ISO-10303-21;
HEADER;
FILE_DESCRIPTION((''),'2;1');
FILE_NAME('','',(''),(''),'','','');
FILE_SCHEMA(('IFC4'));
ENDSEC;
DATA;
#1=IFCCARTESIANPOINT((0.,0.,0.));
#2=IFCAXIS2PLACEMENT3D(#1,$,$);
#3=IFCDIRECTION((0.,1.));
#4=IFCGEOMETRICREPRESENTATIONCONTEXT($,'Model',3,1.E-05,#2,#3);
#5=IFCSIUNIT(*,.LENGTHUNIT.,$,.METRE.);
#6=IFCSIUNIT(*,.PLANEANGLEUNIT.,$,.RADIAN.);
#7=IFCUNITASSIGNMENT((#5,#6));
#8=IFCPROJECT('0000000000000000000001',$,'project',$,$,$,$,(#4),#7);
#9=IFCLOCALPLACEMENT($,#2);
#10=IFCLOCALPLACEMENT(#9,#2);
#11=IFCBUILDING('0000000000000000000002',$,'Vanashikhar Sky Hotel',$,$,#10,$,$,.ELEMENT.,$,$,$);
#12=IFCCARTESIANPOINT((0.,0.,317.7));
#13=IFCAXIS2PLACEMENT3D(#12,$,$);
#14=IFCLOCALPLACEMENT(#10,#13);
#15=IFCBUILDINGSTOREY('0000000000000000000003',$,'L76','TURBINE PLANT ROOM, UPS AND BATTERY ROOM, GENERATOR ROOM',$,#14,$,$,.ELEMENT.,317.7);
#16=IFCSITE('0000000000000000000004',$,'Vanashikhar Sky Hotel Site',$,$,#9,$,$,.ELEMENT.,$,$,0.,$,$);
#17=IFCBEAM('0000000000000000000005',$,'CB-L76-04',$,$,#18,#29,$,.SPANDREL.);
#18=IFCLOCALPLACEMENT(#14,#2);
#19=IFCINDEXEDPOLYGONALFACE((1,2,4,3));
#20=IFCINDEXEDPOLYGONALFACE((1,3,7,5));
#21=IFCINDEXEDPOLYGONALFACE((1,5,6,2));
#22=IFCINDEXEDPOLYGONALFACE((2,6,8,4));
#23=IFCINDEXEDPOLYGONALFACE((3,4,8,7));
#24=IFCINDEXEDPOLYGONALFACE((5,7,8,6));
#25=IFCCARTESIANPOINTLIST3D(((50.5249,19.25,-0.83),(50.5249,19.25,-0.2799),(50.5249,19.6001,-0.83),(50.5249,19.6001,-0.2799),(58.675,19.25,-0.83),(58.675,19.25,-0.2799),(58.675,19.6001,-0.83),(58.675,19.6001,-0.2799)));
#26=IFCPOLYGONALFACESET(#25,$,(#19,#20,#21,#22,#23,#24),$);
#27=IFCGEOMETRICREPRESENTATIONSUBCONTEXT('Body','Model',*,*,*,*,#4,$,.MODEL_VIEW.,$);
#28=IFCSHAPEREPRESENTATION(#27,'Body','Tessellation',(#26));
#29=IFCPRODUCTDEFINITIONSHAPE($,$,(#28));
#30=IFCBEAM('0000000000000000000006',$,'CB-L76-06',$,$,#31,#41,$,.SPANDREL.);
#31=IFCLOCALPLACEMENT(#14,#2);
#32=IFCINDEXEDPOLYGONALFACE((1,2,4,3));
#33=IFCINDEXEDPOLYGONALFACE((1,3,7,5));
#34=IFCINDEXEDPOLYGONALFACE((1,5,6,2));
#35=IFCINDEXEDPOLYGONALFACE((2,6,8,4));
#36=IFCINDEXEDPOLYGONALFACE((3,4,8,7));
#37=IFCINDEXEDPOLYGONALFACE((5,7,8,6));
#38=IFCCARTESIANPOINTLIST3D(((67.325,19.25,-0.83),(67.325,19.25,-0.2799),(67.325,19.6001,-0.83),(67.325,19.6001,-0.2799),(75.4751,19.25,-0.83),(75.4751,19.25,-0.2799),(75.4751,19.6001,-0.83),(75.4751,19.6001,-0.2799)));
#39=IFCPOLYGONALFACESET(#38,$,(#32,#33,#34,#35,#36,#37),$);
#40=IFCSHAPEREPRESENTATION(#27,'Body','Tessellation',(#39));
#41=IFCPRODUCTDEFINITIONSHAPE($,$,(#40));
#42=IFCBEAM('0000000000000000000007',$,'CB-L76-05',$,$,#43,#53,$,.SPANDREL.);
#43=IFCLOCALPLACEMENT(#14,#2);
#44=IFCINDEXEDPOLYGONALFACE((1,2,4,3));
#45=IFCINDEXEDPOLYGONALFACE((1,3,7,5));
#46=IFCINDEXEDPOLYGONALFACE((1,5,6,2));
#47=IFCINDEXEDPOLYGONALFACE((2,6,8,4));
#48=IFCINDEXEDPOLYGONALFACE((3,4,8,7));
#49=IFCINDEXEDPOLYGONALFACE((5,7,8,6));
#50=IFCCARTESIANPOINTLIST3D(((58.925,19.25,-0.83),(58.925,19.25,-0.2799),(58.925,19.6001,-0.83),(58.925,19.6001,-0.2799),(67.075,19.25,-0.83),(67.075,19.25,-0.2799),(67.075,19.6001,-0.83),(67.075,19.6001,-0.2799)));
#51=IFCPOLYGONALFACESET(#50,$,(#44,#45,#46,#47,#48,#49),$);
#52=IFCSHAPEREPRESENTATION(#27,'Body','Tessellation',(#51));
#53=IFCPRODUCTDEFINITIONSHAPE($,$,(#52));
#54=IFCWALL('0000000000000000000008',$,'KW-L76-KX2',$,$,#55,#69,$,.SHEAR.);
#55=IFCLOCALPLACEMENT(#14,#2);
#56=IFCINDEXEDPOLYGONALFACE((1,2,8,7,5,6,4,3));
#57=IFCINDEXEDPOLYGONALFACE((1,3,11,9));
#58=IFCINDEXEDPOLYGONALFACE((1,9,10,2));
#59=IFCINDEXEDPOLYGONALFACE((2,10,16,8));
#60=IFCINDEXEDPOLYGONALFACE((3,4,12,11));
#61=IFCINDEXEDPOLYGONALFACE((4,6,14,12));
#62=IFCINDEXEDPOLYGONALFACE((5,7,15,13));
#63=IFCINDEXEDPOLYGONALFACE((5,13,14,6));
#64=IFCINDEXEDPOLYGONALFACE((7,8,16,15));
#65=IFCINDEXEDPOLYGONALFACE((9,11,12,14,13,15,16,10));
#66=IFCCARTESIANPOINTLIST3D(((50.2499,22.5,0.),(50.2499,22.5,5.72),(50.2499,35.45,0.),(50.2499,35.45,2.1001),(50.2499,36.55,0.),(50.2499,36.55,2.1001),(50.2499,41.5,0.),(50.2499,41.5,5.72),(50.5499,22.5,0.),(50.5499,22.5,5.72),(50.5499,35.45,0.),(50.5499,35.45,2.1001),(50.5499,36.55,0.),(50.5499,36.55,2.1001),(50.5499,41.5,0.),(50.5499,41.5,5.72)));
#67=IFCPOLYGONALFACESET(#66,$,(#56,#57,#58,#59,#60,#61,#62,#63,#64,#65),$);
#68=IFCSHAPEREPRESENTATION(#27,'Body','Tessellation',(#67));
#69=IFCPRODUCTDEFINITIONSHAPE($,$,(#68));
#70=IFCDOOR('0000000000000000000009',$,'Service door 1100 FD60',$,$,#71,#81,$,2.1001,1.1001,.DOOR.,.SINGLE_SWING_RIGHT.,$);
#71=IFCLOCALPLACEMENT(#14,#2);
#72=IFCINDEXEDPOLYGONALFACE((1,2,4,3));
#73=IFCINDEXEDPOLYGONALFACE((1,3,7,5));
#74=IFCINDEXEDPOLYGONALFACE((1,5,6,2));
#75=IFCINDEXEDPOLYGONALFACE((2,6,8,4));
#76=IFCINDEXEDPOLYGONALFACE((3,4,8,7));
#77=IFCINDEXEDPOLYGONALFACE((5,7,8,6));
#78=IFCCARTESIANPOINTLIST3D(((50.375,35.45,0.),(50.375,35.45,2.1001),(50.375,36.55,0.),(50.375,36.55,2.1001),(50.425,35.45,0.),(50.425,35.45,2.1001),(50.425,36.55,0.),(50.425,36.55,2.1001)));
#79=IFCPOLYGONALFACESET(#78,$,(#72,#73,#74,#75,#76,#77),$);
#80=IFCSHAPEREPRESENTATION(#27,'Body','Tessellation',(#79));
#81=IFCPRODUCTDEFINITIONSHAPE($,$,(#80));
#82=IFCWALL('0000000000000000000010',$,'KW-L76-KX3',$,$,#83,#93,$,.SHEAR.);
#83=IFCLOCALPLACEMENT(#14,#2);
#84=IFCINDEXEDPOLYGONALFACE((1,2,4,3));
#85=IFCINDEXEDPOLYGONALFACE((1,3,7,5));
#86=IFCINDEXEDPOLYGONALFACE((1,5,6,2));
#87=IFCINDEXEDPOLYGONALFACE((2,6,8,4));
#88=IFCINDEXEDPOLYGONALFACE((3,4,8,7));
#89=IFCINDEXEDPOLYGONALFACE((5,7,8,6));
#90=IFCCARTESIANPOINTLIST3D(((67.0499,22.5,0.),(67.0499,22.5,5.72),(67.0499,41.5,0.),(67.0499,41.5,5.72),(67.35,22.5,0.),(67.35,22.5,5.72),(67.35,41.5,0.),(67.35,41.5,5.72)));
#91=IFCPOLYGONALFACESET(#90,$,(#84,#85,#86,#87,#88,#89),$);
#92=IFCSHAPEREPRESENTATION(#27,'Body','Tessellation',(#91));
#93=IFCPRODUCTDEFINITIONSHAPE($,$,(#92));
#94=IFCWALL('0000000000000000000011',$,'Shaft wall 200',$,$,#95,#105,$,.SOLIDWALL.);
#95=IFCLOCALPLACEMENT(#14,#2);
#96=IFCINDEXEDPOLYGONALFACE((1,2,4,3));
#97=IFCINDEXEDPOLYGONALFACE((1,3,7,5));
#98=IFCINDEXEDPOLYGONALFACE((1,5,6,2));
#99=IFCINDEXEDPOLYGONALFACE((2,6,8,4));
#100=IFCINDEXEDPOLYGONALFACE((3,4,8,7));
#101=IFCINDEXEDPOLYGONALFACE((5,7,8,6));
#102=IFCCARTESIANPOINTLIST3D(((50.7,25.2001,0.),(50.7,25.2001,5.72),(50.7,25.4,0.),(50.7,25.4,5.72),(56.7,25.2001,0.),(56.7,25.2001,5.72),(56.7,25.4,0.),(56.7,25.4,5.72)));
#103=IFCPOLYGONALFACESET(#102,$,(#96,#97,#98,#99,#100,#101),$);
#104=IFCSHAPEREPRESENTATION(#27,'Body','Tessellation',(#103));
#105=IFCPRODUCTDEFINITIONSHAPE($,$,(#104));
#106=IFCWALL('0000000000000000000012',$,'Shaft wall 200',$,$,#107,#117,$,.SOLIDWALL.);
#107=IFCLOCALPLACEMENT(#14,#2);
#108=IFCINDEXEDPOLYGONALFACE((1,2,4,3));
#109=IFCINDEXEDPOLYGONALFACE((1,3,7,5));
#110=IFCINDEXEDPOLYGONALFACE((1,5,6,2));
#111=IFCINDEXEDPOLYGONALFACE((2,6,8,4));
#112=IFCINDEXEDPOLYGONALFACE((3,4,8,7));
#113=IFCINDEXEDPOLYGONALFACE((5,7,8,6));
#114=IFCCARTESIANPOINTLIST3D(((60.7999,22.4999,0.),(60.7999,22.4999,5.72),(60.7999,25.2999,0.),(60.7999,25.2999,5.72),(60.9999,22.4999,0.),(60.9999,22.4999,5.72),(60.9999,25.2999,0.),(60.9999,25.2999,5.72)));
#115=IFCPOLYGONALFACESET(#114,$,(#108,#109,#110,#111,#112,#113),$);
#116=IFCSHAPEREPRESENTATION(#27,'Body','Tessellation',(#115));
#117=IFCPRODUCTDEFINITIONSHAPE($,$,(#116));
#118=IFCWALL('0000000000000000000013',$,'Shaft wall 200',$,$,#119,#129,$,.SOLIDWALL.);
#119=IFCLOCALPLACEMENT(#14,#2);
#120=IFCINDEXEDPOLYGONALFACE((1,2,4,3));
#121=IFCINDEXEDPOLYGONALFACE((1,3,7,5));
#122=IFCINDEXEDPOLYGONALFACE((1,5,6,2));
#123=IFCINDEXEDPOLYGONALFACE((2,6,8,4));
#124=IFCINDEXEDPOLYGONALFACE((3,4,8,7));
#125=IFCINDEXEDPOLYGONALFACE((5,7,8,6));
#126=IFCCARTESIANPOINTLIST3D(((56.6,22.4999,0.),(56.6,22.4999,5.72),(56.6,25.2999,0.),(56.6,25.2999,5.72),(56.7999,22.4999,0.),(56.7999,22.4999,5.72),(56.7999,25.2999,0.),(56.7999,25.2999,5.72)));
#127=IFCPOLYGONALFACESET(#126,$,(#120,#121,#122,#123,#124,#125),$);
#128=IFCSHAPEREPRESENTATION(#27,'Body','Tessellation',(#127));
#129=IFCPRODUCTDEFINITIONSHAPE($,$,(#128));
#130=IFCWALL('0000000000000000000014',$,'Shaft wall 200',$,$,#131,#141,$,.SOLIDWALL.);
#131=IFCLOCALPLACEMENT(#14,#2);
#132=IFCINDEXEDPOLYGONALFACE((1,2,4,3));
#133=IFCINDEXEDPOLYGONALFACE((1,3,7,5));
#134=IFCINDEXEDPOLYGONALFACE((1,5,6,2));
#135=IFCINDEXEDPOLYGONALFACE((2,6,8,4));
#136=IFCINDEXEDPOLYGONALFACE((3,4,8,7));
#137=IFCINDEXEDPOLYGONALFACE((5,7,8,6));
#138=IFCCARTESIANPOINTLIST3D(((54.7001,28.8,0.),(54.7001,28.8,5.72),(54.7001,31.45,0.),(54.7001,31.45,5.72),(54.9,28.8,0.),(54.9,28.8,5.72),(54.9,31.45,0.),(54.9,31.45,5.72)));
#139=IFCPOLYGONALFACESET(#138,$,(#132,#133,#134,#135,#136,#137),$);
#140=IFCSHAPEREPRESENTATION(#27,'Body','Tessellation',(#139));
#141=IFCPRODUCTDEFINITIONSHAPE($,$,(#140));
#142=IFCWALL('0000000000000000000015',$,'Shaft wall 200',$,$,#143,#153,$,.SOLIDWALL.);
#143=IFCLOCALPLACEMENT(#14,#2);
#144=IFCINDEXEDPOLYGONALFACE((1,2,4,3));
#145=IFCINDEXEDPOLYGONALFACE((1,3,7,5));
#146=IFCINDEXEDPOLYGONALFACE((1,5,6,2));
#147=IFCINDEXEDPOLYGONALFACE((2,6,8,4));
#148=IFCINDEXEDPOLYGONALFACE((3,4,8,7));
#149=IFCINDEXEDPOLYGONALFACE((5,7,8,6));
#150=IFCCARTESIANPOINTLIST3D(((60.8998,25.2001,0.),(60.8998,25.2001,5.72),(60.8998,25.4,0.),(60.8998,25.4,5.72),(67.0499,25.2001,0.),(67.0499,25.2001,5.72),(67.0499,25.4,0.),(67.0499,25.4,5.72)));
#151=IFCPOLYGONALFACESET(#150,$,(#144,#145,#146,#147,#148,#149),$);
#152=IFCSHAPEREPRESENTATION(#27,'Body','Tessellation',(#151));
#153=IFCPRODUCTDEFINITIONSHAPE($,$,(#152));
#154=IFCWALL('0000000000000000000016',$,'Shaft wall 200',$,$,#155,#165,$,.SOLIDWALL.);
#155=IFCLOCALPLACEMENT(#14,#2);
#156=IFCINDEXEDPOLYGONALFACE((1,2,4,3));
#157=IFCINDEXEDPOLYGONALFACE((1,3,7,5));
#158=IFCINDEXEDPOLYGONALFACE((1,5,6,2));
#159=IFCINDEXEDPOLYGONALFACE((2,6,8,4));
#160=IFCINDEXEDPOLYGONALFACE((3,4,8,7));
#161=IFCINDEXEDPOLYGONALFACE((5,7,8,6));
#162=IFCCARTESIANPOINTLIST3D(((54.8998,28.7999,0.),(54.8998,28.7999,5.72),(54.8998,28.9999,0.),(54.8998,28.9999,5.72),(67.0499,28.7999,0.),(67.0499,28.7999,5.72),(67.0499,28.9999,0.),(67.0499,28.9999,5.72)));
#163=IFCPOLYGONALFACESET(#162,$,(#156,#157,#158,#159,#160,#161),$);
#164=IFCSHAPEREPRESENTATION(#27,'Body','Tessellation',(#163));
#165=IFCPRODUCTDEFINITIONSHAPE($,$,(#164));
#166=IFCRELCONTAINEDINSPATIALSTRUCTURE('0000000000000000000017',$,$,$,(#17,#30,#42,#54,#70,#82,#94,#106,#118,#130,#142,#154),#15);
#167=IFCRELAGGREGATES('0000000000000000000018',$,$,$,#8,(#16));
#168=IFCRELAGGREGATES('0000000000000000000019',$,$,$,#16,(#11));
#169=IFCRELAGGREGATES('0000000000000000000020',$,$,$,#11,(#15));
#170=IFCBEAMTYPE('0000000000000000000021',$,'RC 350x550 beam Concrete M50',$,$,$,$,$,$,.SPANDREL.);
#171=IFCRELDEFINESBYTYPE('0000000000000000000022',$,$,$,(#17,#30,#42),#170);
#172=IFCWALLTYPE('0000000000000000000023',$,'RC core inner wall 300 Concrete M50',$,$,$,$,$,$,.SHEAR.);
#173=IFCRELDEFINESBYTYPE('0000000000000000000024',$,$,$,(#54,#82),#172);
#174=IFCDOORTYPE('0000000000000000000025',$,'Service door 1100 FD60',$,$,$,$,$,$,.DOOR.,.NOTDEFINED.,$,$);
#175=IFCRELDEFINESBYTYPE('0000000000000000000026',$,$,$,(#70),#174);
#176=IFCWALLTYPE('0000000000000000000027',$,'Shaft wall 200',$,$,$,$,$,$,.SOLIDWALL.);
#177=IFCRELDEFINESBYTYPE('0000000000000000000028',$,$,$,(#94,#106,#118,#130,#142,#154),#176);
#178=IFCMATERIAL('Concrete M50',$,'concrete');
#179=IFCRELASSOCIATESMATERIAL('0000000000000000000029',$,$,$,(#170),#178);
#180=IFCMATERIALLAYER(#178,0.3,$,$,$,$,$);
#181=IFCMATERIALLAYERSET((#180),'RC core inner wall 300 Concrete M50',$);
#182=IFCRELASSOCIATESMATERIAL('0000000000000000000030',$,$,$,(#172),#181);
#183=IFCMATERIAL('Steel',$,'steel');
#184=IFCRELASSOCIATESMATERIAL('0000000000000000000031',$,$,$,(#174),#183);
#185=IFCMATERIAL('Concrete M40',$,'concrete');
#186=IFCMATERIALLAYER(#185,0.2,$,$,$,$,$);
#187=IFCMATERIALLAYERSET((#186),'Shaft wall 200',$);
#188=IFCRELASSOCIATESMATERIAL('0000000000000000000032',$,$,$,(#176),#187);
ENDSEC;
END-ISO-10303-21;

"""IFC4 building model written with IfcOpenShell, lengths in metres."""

from ifc_helpers import new_model, si_unit, direction, frame, frame_2d, origin, origin_2d, place, context, subcontext, project, spatial, rectangle, extrude, source, transform, mapped, material, layer, layer_set, material_profile, profile_set, type_object, element, fill, save


model = new_model("IFC4")

# Units and contexts
model_context = context("Model", 3, precision=1e-05, world=origin(), true_north=direction((0.0, 1.0)))
body_context = subcontext(model_context, "Body", "Model", "MODEL_VIEW")
ifc_project = project(units=[si_unit("LENGTHUNIT", "METRE"), si_unit("PLANEANGLEUNIT", "RADIAN")], contexts=[model_context])

# Site, building, storey
site_placement = place(None, origin())
site = spatial("IfcSite", under=ifc_project, at=site_placement, Name="Vanashikhar Sky Hotel Site", CompositionType="ELEMENT", RefElevation=0.0)
building_placement = place(site_placement, origin())
building = spatial("IfcBuilding", under=site, at=building_placement, Name="Vanashikhar Sky Hotel", CompositionType="ELEMENT")
storey_placement = place(building_placement, frame((0.0, 0.0, 317.7)))
storey = spatial("IfcBuildingStorey", under=building, at=storey_placement, Name="L76", Description="TURBINE PLANT ROOM, UPS AND BATTERY ROOM, GENERATOR ROOM", CompositionType="ELEMENT", Elevation=317.7)

# Beams
ifc_material_1 = material(Name="Concrete M50", Category="concrete")
ifc_material_profile_1 = material_profile(ifc_material_1, rectangle(XDim=0.3501, YDim=0.55, at=origin_2d()))
ifc_profile_set_1 = profile_set([ifc_material_profile_1], Name="RC 350x550 beam Concrete M50")
beam_type = type_object("IfcBeamType", Name="RC 350x550 beam Concrete M50", PredefinedType="SPANDREL", material=ifc_profile_set_1)
shared_shape_1 = source(origin(), body_context, "Body", "SweptSolid", [
    extrude(rectangle(XDim=0.3501, YDim=0.55, at=origin_2d()), origin(), (0.0, 0.0, 1.0), 8.1501),
])
for number, where, z_axis, x_axis, name in (
    (1, (50.5249, 19.425, -0.5549), (1.0, 0.0, 0.0), (0.0, 1.0, 0.0), "CB-L76-04"),
    (2, (67.325, 19.425, -0.5549), (1.0, 0.0, 0.0), (0.0, 1.0, 0.0), "CB-L76-06"),
):
    element("IfcBeam", number, at=place(storey_placement, frame(where, z_axis=z_axis, x_axis=x_axis)), inside=storey, type_object=beam_type, Name=name, PredefinedType="SPANDREL", context=body_context, shape_type="MappedRepresentation", body=[
        mapped(shared_shape_1, transform((0.0, 0.0, 0.0), scale=1.0)),
    ])
shared_shape_2 = source(origin(), body_context, "Body", "SweptSolid", [
    extrude(rectangle(XDim=0.3501, YDim=0.55, at=origin_2d()), origin(), (0.0, 0.0, 1.0), 8.1499),
])
beam_placement = place(storey_placement, frame((58.925, 19.425, -0.5549), z_axis=(1.0, 0.0, 0.0), x_axis=(0.0, 1.0, 0.0)))
element("IfcBeam", 3, at=beam_placement, inside=storey, type_object=beam_type, Name="CB-L76-05", PredefinedType="SPANDREL", context=body_context, shape_type="MappedRepresentation", body=[
    mapped(shared_shape_2, transform((0.0, 0.0, 0.0), scale=1.0)),
])

# Wall, opening, door
ifc_layer_1 = layer(ifc_material_1, 0.3)
ifc_layer_set_1 = layer_set([ifc_layer_1], Name="RC core inner wall 300 Concrete M50")
wall_type_1 = type_object("IfcWallType", Name="RC core inner wall 300 Concrete M50", PredefinedType="SHEAR", material=ifc_layer_set_1)
shared_shape_3 = source(origin(), body_context, "Body", "SweptSolid", [
    extrude(rectangle(XDim=19.0, YDim=0.3, at=frame_2d((9.5, 0.0))), origin(), (0.0, 0.0, 1.0), 5.72),
])
wall_1_placement = place(storey_placement, frame((50.3999, 22.5, 0.0), z_axis=(0.0, 0.0, 1.0), x_axis=(0.0, 1.0, 0.0)))
wall_1 = element("IfcWall", 4, at=wall_1_placement, inside=storey, type_object=wall_type_1, Name="KW-L76-KX2", PredefinedType="SHEAR", context=body_context, shape_type="MappedRepresentation", body=[
    mapped(shared_shape_3, transform((0.0, 0.0, 0.0), scale=1.0)),
])
shared_shape_4 = source(origin(), body_context, "Body", "SweptSolid", [
    extrude(rectangle(XDim=1.1001, YDim=2.1001, at=frame_2d((0.55, 1.05))), frame((0.0, 0.1602, 0.0), z_axis=(0.0, -1.0, 0.0), x_axis=(1.0, 0.0, 0.0)), (0.0, 0.0, 1.0), 0.3201),
])
opening_1_placement = place(wall_1_placement, frame((12.95, 0.0, 0.0)))
opening_1 = element("IfcOpeningElement", 5, at=opening_1_placement, cuts=wall_1, PredefinedType="OPENING", context=body_context, shape_type="MappedRepresentation", body=[
    mapped(shared_shape_4, transform((0.0, 0.0, 0.0), scale=1.0)),
])
ifc_material_2 = material(Name="Steel", Category="steel")
door_type_1 = type_object("IfcDoorType", Name="Service door 1100 FD60", OperationType="NOTDEFINED", PredefinedType="DOOR", material=ifc_material_2)
shared_shape_5 = source(origin(), body_context, "Body", "SweptSolid", [
    extrude(rectangle(XDim=1.1001, YDim=2.1001, at=frame_2d((0.55, 1.05))), frame((0.0, 0.0249, 0.0), z_axis=(0.0, -1.0, 0.0), x_axis=(1.0, 0.0, 0.0)), (0.0, 0.0, 1.0), 0.05),
])
door_1_placement = place(opening_1_placement, origin())
door_1 = element("IfcDoor", 6, at=door_1_placement, inside=storey, type_object=door_type_1, Name="Service door 1100 FD60", OperationType="SINGLE_SWING_RIGHT", OverallHeight=2.1001, OverallWidth=1.1001, PredefinedType="DOOR", context=body_context, shape_type="MappedRepresentation", body=[
    mapped(shared_shape_5, transform((0.0, 0.0, 0.0), scale=1.0)),
])
fill(opening_1, door_1)

# Walls
wall_2_placement = place(storey_placement, frame((67.2, 22.5, 0.0), z_axis=(0.0, 0.0, 1.0), x_axis=(0.0, 1.0, 0.0)))
element("IfcWall", 7, at=wall_2_placement, inside=storey, type_object=wall_type_1, Name="KW-L76-KX3", PredefinedType="SHEAR", context=body_context, shape_type="MappedRepresentation", body=[
    mapped(shared_shape_3, transform((0.0, 0.0, 0.0), scale=1.0)),
])
ifc_material_3 = material(Name="Concrete M40", Category="concrete")
ifc_layer_2 = layer(ifc_material_3, 0.2)
ifc_layer_set_2 = layer_set([ifc_layer_2], Name="Shaft wall 200")
wall_type_2 = type_object("IfcWallType", Name="Shaft wall 200", PredefinedType="SOLIDWALL", material=ifc_layer_set_2)
shared_shape_6 = source(origin(), body_context, "Body", "SweptSolid", [
    extrude(rectangle(XDim=6.0, YDim=0.2, at=frame_2d((3.0, 0.0))), origin(), (0.0, 0.0, 1.0), 5.72),
])
wall_3_placement = place(storey_placement, frame((56.7, 25.3, 0.0), z_axis=(0.0, 0.0, 1.0), x_axis=(-1.0, 0.0, 0.0)))
element("IfcWall", 8, at=wall_3_placement, inside=storey, type_object=wall_type_2, Name="Shaft wall 200", PredefinedType="SOLIDWALL", context=body_context, shape_type="MappedRepresentation", body=[
    mapped(shared_shape_6, transform((0.0, 0.0, 0.0), scale=1.0)),
])
shared_shape_7 = source(origin(), body_context, "Body", "SweptSolid", [
    extrude(rectangle(XDim=2.8, YDim=0.2, at=frame_2d((1.3999, 0.0))), origin(), (0.0, 0.0, 1.0), 5.72),
])
for number, where, z_axis, x_axis, name in (
    (9, (60.8999, 22.5, 0.0), (0.0, 0.0, 1.0), (0.0, 1.0, 0.0), "Shaft wall 200"),
    (10, (56.7, 22.5, 0.0), (0.0, 0.0, 1.0), (0.0, 1.0, 0.0), "Shaft wall 200"),
):
    element("IfcWall", number, at=place(storey_placement, frame(where, z_axis=z_axis, x_axis=x_axis)), inside=storey, type_object=wall_type_2, Name=name, PredefinedType="SOLIDWALL", context=body_context, shape_type="MappedRepresentation", body=[
        mapped(shared_shape_7, transform((0.0, 0.0, 0.0), scale=1.0)),
    ])
shared_shape_8 = source(origin(), body_context, "Body", "SweptSolid", [
    extrude(rectangle(XDim=2.6499, YDim=0.2, at=frame_2d((1.325, 0.0))), origin(), (0.0, 0.0, 1.0), 5.72),
])
wall_4_placement = place(storey_placement, frame((54.8, 28.8, 0.0), z_axis=(0.0, 0.0, 1.0), x_axis=(0.0, 1.0, 0.0)))
element("IfcWall", 11, at=wall_4_placement, inside=storey, type_object=wall_type_2, Name="Shaft wall 200", PredefinedType="SOLIDWALL", context=body_context, shape_type="MappedRepresentation", body=[
    mapped(shared_shape_8, transform((0.0, 0.0, 0.0), scale=1.0)),
])
shared_shape_9 = source(origin(), body_context, "Body", "SweptSolid", [
    extrude(rectangle(XDim=6.1501, YDim=0.2, at=frame_2d((3.0752, 0.0))), origin(), (0.0, 0.0, 1.0), 5.72),
])
wall_5_placement = place(storey_placement, frame((67.05, 25.3, 0.0), z_axis=(0.0, 0.0, 1.0), x_axis=(-1.0, 0.0, 0.0)))
element("IfcWall", 12, at=wall_5_placement, inside=storey, type_object=wall_type_2, Name="Shaft wall 200", PredefinedType="SOLIDWALL", context=body_context, shape_type="MappedRepresentation", body=[
    mapped(shared_shape_9, transform((0.0, 0.0, 0.0), scale=1.0)),
])
shared_shape_10 = source(origin(), body_context, "Body", "SweptSolid", [
    extrude(rectangle(XDim=12.1501, YDim=0.2, at=frame_2d((6.0752, 0.0))), origin(), (0.0, 0.0, 1.0), 5.72),
])
wall_6_placement = place(storey_placement, frame((67.05, 28.8999, 0.0), z_axis=(0.0, 0.0, 1.0), x_axis=(-1.0, 0.0, 0.0)))
element("IfcWall", 13, at=wall_6_placement, inside=storey, type_object=wall_type_2, Name="Shaft wall 200", PredefinedType="SOLIDWALL", context=body_context, shape_type="MappedRepresentation", body=[
    mapped(shared_shape_10, transform((0.0, 0.0, 0.0), scale=1.0)),
])

save(model, "model.ifc")
